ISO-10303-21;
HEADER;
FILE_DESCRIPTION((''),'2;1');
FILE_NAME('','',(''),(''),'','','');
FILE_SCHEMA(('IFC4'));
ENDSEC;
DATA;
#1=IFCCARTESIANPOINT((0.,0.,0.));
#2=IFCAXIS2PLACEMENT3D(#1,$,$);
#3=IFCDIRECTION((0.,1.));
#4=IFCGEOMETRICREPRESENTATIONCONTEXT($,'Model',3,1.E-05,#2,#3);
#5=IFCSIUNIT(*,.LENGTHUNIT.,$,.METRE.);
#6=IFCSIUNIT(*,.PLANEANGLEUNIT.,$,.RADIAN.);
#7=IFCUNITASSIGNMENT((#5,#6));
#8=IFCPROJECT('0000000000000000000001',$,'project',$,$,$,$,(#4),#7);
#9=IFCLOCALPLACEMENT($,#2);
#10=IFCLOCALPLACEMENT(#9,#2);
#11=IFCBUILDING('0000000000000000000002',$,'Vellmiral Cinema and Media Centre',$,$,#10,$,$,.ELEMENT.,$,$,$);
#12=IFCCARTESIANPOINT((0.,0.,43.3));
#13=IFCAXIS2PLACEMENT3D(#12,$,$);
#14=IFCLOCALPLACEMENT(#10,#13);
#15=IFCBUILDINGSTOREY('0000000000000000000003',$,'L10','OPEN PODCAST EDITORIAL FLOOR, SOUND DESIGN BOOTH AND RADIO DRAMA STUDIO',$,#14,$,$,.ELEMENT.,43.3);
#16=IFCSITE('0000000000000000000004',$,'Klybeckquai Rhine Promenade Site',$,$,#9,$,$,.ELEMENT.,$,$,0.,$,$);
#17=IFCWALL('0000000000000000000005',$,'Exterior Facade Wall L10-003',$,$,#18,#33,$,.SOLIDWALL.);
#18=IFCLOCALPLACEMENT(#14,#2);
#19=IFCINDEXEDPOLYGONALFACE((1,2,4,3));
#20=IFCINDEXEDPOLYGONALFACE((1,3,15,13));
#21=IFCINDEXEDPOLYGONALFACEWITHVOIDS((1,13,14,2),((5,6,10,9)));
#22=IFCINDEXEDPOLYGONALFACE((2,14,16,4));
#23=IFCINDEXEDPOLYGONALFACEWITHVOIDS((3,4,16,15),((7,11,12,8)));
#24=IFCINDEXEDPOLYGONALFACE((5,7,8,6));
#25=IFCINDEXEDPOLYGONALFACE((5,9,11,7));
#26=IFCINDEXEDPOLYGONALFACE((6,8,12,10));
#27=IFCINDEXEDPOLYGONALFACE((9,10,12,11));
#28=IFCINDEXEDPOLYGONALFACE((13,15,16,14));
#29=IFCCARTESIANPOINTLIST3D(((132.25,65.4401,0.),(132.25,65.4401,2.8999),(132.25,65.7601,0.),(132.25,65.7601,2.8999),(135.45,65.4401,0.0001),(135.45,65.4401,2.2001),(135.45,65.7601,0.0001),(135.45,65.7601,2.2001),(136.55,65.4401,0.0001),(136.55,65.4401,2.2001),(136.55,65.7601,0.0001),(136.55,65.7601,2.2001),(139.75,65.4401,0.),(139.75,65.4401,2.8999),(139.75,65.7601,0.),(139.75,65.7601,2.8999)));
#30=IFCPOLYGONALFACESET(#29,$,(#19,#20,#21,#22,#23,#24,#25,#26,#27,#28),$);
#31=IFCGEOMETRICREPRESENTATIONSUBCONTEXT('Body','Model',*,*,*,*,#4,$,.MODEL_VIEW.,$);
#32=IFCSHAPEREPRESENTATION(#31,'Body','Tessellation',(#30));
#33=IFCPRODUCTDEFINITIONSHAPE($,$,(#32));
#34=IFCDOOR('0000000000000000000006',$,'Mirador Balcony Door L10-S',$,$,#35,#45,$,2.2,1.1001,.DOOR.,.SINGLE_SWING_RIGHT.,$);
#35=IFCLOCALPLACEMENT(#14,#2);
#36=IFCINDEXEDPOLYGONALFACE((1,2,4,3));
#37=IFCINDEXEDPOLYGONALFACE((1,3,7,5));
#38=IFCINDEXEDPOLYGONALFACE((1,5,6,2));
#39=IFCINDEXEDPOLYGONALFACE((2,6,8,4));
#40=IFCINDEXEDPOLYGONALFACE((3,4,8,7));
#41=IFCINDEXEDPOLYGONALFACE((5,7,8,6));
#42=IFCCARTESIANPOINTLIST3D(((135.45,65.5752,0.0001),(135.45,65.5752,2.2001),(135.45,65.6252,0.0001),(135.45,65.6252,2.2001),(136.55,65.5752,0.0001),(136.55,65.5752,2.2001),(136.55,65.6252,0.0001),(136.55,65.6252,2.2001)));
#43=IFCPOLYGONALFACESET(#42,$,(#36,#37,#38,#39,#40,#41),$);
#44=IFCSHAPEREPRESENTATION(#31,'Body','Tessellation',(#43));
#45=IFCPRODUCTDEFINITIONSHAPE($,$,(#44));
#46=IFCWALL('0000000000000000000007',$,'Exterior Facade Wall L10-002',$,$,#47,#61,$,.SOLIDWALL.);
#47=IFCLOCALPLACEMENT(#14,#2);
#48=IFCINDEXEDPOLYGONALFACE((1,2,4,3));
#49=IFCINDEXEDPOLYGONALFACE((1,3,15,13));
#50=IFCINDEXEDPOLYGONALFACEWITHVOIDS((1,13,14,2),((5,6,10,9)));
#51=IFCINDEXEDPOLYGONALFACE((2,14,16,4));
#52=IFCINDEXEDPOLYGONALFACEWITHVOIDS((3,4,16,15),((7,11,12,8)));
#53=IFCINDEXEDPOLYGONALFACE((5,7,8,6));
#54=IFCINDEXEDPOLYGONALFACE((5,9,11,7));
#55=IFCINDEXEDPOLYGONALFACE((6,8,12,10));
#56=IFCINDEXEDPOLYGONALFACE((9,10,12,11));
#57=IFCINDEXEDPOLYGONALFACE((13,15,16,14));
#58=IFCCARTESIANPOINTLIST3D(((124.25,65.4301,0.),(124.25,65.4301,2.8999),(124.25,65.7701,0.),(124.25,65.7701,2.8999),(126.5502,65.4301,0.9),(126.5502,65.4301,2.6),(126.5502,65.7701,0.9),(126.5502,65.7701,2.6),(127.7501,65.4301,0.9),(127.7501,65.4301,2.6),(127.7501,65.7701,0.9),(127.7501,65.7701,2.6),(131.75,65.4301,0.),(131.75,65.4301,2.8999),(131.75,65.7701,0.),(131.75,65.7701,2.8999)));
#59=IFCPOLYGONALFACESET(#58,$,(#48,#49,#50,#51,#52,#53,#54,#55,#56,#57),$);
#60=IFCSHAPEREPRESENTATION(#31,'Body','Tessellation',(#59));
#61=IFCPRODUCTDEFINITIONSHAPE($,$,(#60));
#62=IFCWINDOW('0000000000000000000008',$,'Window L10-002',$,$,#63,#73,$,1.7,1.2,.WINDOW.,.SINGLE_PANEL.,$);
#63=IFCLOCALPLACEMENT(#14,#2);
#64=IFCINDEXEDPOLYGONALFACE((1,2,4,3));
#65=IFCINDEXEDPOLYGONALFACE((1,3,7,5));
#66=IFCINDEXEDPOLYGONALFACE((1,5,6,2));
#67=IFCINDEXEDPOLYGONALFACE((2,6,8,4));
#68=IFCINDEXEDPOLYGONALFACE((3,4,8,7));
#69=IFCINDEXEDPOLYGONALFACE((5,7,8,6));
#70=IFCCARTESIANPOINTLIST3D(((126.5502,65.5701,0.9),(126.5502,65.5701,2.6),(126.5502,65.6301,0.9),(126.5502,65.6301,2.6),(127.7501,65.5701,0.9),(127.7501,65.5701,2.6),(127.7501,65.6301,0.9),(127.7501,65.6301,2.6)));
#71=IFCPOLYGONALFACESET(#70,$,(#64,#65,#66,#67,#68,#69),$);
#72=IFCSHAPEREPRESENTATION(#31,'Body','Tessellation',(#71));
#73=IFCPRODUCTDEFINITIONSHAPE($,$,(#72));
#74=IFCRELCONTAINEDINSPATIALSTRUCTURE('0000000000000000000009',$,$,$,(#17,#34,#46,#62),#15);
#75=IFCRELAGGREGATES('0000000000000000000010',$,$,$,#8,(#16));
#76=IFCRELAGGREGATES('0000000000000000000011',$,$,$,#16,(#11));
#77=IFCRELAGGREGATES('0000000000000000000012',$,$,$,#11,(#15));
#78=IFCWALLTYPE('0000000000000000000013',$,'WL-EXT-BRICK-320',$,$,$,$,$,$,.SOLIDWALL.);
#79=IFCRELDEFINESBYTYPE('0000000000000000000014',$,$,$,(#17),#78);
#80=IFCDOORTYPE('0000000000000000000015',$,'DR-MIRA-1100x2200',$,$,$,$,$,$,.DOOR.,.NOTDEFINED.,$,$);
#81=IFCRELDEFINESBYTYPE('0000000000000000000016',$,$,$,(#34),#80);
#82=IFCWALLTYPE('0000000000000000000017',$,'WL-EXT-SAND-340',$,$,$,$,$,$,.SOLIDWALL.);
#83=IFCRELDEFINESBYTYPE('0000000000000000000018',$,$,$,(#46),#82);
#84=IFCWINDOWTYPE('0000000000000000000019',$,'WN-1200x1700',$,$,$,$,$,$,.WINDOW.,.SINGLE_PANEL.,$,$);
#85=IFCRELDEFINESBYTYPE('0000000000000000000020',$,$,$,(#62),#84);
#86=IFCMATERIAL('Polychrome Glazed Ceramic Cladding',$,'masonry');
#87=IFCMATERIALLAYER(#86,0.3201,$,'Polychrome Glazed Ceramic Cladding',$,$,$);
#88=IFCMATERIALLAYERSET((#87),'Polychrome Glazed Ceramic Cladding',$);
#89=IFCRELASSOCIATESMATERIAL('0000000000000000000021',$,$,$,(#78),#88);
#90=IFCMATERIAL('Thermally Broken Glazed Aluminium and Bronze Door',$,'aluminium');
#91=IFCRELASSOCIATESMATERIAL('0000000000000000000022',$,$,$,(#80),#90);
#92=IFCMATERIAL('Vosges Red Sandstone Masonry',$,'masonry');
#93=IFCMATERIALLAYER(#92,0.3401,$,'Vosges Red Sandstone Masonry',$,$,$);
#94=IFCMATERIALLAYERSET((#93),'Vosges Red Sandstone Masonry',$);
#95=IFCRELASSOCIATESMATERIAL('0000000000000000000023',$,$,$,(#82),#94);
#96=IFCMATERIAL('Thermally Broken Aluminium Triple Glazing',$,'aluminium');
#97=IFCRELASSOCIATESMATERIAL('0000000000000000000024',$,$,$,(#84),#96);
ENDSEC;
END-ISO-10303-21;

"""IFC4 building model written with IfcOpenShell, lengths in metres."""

from ifc_helpers import new_model, si_unit, direction, frame, frame_2d, origin, place, context, subcontext, project, spatial, rectangle, extrude, material, layer, layer_set, type_object, element, fill, save


model = new_model("IFC4")

# Units and contexts
model_context = context("Model", 3, precision=1e-05, world=origin(), true_north=direction((0.0, 1.0)))
body_context = subcontext(model_context, "Body", "Model", "MODEL_VIEW")
ifc_project = project(units=[si_unit("LENGTHUNIT", "METRE"), si_unit("PLANEANGLEUNIT", "RADIAN")], contexts=[model_context])

# Site, building, storey
site_placement = place(None, origin())
site = spatial("IfcSite", under=ifc_project, at=site_placement, Name="Klybeckquai Rhine Promenade Site", CompositionType="ELEMENT", RefElevation=0.0)
building_placement = place(site_placement, origin())
building = spatial("IfcBuilding", under=site, at=building_placement, Name="Vellmiral Cinema and Media Centre", CompositionType="ELEMENT")
storey_placement = place(building_placement, frame((0.0, 0.0, 43.3)))
storey = spatial("IfcBuildingStorey", under=building, at=storey_placement, Name="L10", Description="OPEN PODCAST EDITORIAL FLOOR, SOUND DESIGN BOOTH AND RADIO DRAMA STUDIO", CompositionType="ELEMENT", Elevation=43.3)

# Wall, opening, door
ifc_material_1 = material(Name="Polychrome Glazed Ceramic Cladding", Category="masonry")
ifc_layer_1 = layer(ifc_material_1, 0.3201, Name="Polychrome Glazed Ceramic Cladding")
ifc_layer_set_1 = layer_set([ifc_layer_1], Name="Polychrome Glazed Ceramic Cladding")
wall_type_1 = type_object("IfcWallType", Name="WL-EXT-BRICK-320", PredefinedType="SOLIDWALL", material=ifc_layer_set_1)
wall_1_placement = place(storey_placement, frame((132.25, 65.6001, 0.0), z_axis=(0.0, 0.0, 1.0), x_axis=(1.0, 0.0, 0.0)))
wall_1 = element("IfcWall", 1, at=wall_1_placement, inside=storey, type_object=wall_type_1, Name="Exterior Facade Wall L10-003", PredefinedType="SOLIDWALL", context=body_context, shape_type="SweptSolid", body=[
    extrude(rectangle(XDim=7.5, YDim=0.3201, at=frame_2d((3.75, 0.0))), origin(), (0.0, 0.0, 1.0), 2.8999),
])
opening_1_placement = place(wall_1_placement, frame((3.2, 0.0, 0.0)))
opening_1 = element("IfcOpeningElement", 2, at=opening_1_placement, cuts=wall_1, PredefinedType="OPENING", context=body_context, shape_type="SweptSolid", body=[
    extrude(rectangle(XDim=1.1001, YDim=2.2, at=frame_2d((0.55, 1.1001))), frame((0.0, 0.1719, 0.0), z_axis=(0.0, -1.0, 0.0), x_axis=(1.0, 0.0, 0.0)), (0.0, 0.0, 1.0), 0.344),
])
ifc_material_2 = material(Name="Thermally Broken Glazed Aluminium and Bronze Door", Category="aluminium")
door_type_1 = type_object("IfcDoorType", Name="DR-MIRA-1100x2200", OperationType="NOTDEFINED", PredefinedType="DOOR", material=ifc_material_2)
door_1_placement = place(opening_1_placement, frame((1.1001, 0.0, 0.0), z_axis=(0.0, 0.0, 1.0), x_axis=(-1.0, 0.0, 0.0)))
door_1 = element("IfcDoor", 3, at=door_1_placement, inside=storey, type_object=door_type_1, Name="Mirador Balcony Door L10-S", OperationType="SINGLE_SWING_RIGHT", OverallHeight=2.2, OverallWidth=1.1001, PredefinedType="DOOR", context=body_context, shape_type="SweptSolid", body=[
    extrude(rectangle(XDim=1.1001, YDim=2.2, at=frame_2d((0.55, 1.1001))), frame((0.0, 0.0249, 0.0), z_axis=(0.0, -1.0, 0.0), x_axis=(1.0, 0.0, 0.0)), (0.0, 0.0, 1.0), 0.05),
])
fill(opening_1, door_1)

# Wall, opening, window
ifc_material_3 = material(Name="Vosges Red Sandstone Masonry", Category="masonry")
ifc_layer_2 = layer(ifc_material_3, 0.3401, Name="Vosges Red Sandstone Masonry")
ifc_layer_set_2 = layer_set([ifc_layer_2], Name="Vosges Red Sandstone Masonry")
wall_type_2 = type_object("IfcWallType", Name="WL-EXT-SAND-340", PredefinedType="SOLIDWALL", material=ifc_layer_set_2)
wall_2_placement = place(storey_placement, frame((124.25, 65.6001, 0.0), z_axis=(0.0, 0.0, 1.0), x_axis=(1.0, 0.0, 0.0)))
wall_2 = element("IfcWall", 4, at=wall_2_placement, inside=storey, type_object=wall_type_2, Name="Exterior Facade Wall L10-002", PredefinedType="SOLIDWALL", context=body_context, shape_type="SweptSolid", body=[
    extrude(rectangle(XDim=7.5, YDim=0.3401, at=frame_2d((3.75, 0.0))), origin(), (0.0, 0.0, 1.0), 2.8999),
])
opening_2_placement = place(wall_2_placement, frame((2.3, 0.0, 0.8999)))
opening_2 = element("IfcOpeningElement", 5, at=opening_2_placement, cuts=wall_2, PredefinedType="OPENING", context=body_context, shape_type="SweptSolid", body=[
    extrude(rectangle(XDim=1.2, YDim=1.7, at=frame_2d((0.6001, 0.8501))), frame((0.0, 0.1821, 0.0), z_axis=(0.0, -1.0, 0.0), x_axis=(1.0, 0.0, 0.0)), (0.0, 0.0, 1.0), 0.364),
])
ifc_material_4 = material(Name="Thermally Broken Aluminium Triple Glazing", Category="aluminium")
window_type = type_object("IfcWindowType", Name="WN-1200x1700", PartitioningType="SINGLE_PANEL", PredefinedType="WINDOW", material=ifc_material_4)
window_placement = place(opening_2_placement, origin())
window = element("IfcWindow", 6, at=window_placement, inside=storey, type_object=window_type, Name="Window L10-002", OverallHeight=1.7, OverallWidth=1.2, PartitioningType="SINGLE_PANEL", PredefinedType="WINDOW", context=body_context, shape_type="SweptSolid", body=[
    extrude(rectangle(XDim=1.2, YDim=1.7, at=frame_2d((0.6001, 0.8501))), frame((0.0, 0.03, 0.0), z_axis=(0.0, -1.0, 0.0), x_axis=(1.0, 0.0, 0.0)), (0.0, 0.0, 1.0), 0.0601),
])
fill(opening_2, window)

save(model, "model.ifc")
